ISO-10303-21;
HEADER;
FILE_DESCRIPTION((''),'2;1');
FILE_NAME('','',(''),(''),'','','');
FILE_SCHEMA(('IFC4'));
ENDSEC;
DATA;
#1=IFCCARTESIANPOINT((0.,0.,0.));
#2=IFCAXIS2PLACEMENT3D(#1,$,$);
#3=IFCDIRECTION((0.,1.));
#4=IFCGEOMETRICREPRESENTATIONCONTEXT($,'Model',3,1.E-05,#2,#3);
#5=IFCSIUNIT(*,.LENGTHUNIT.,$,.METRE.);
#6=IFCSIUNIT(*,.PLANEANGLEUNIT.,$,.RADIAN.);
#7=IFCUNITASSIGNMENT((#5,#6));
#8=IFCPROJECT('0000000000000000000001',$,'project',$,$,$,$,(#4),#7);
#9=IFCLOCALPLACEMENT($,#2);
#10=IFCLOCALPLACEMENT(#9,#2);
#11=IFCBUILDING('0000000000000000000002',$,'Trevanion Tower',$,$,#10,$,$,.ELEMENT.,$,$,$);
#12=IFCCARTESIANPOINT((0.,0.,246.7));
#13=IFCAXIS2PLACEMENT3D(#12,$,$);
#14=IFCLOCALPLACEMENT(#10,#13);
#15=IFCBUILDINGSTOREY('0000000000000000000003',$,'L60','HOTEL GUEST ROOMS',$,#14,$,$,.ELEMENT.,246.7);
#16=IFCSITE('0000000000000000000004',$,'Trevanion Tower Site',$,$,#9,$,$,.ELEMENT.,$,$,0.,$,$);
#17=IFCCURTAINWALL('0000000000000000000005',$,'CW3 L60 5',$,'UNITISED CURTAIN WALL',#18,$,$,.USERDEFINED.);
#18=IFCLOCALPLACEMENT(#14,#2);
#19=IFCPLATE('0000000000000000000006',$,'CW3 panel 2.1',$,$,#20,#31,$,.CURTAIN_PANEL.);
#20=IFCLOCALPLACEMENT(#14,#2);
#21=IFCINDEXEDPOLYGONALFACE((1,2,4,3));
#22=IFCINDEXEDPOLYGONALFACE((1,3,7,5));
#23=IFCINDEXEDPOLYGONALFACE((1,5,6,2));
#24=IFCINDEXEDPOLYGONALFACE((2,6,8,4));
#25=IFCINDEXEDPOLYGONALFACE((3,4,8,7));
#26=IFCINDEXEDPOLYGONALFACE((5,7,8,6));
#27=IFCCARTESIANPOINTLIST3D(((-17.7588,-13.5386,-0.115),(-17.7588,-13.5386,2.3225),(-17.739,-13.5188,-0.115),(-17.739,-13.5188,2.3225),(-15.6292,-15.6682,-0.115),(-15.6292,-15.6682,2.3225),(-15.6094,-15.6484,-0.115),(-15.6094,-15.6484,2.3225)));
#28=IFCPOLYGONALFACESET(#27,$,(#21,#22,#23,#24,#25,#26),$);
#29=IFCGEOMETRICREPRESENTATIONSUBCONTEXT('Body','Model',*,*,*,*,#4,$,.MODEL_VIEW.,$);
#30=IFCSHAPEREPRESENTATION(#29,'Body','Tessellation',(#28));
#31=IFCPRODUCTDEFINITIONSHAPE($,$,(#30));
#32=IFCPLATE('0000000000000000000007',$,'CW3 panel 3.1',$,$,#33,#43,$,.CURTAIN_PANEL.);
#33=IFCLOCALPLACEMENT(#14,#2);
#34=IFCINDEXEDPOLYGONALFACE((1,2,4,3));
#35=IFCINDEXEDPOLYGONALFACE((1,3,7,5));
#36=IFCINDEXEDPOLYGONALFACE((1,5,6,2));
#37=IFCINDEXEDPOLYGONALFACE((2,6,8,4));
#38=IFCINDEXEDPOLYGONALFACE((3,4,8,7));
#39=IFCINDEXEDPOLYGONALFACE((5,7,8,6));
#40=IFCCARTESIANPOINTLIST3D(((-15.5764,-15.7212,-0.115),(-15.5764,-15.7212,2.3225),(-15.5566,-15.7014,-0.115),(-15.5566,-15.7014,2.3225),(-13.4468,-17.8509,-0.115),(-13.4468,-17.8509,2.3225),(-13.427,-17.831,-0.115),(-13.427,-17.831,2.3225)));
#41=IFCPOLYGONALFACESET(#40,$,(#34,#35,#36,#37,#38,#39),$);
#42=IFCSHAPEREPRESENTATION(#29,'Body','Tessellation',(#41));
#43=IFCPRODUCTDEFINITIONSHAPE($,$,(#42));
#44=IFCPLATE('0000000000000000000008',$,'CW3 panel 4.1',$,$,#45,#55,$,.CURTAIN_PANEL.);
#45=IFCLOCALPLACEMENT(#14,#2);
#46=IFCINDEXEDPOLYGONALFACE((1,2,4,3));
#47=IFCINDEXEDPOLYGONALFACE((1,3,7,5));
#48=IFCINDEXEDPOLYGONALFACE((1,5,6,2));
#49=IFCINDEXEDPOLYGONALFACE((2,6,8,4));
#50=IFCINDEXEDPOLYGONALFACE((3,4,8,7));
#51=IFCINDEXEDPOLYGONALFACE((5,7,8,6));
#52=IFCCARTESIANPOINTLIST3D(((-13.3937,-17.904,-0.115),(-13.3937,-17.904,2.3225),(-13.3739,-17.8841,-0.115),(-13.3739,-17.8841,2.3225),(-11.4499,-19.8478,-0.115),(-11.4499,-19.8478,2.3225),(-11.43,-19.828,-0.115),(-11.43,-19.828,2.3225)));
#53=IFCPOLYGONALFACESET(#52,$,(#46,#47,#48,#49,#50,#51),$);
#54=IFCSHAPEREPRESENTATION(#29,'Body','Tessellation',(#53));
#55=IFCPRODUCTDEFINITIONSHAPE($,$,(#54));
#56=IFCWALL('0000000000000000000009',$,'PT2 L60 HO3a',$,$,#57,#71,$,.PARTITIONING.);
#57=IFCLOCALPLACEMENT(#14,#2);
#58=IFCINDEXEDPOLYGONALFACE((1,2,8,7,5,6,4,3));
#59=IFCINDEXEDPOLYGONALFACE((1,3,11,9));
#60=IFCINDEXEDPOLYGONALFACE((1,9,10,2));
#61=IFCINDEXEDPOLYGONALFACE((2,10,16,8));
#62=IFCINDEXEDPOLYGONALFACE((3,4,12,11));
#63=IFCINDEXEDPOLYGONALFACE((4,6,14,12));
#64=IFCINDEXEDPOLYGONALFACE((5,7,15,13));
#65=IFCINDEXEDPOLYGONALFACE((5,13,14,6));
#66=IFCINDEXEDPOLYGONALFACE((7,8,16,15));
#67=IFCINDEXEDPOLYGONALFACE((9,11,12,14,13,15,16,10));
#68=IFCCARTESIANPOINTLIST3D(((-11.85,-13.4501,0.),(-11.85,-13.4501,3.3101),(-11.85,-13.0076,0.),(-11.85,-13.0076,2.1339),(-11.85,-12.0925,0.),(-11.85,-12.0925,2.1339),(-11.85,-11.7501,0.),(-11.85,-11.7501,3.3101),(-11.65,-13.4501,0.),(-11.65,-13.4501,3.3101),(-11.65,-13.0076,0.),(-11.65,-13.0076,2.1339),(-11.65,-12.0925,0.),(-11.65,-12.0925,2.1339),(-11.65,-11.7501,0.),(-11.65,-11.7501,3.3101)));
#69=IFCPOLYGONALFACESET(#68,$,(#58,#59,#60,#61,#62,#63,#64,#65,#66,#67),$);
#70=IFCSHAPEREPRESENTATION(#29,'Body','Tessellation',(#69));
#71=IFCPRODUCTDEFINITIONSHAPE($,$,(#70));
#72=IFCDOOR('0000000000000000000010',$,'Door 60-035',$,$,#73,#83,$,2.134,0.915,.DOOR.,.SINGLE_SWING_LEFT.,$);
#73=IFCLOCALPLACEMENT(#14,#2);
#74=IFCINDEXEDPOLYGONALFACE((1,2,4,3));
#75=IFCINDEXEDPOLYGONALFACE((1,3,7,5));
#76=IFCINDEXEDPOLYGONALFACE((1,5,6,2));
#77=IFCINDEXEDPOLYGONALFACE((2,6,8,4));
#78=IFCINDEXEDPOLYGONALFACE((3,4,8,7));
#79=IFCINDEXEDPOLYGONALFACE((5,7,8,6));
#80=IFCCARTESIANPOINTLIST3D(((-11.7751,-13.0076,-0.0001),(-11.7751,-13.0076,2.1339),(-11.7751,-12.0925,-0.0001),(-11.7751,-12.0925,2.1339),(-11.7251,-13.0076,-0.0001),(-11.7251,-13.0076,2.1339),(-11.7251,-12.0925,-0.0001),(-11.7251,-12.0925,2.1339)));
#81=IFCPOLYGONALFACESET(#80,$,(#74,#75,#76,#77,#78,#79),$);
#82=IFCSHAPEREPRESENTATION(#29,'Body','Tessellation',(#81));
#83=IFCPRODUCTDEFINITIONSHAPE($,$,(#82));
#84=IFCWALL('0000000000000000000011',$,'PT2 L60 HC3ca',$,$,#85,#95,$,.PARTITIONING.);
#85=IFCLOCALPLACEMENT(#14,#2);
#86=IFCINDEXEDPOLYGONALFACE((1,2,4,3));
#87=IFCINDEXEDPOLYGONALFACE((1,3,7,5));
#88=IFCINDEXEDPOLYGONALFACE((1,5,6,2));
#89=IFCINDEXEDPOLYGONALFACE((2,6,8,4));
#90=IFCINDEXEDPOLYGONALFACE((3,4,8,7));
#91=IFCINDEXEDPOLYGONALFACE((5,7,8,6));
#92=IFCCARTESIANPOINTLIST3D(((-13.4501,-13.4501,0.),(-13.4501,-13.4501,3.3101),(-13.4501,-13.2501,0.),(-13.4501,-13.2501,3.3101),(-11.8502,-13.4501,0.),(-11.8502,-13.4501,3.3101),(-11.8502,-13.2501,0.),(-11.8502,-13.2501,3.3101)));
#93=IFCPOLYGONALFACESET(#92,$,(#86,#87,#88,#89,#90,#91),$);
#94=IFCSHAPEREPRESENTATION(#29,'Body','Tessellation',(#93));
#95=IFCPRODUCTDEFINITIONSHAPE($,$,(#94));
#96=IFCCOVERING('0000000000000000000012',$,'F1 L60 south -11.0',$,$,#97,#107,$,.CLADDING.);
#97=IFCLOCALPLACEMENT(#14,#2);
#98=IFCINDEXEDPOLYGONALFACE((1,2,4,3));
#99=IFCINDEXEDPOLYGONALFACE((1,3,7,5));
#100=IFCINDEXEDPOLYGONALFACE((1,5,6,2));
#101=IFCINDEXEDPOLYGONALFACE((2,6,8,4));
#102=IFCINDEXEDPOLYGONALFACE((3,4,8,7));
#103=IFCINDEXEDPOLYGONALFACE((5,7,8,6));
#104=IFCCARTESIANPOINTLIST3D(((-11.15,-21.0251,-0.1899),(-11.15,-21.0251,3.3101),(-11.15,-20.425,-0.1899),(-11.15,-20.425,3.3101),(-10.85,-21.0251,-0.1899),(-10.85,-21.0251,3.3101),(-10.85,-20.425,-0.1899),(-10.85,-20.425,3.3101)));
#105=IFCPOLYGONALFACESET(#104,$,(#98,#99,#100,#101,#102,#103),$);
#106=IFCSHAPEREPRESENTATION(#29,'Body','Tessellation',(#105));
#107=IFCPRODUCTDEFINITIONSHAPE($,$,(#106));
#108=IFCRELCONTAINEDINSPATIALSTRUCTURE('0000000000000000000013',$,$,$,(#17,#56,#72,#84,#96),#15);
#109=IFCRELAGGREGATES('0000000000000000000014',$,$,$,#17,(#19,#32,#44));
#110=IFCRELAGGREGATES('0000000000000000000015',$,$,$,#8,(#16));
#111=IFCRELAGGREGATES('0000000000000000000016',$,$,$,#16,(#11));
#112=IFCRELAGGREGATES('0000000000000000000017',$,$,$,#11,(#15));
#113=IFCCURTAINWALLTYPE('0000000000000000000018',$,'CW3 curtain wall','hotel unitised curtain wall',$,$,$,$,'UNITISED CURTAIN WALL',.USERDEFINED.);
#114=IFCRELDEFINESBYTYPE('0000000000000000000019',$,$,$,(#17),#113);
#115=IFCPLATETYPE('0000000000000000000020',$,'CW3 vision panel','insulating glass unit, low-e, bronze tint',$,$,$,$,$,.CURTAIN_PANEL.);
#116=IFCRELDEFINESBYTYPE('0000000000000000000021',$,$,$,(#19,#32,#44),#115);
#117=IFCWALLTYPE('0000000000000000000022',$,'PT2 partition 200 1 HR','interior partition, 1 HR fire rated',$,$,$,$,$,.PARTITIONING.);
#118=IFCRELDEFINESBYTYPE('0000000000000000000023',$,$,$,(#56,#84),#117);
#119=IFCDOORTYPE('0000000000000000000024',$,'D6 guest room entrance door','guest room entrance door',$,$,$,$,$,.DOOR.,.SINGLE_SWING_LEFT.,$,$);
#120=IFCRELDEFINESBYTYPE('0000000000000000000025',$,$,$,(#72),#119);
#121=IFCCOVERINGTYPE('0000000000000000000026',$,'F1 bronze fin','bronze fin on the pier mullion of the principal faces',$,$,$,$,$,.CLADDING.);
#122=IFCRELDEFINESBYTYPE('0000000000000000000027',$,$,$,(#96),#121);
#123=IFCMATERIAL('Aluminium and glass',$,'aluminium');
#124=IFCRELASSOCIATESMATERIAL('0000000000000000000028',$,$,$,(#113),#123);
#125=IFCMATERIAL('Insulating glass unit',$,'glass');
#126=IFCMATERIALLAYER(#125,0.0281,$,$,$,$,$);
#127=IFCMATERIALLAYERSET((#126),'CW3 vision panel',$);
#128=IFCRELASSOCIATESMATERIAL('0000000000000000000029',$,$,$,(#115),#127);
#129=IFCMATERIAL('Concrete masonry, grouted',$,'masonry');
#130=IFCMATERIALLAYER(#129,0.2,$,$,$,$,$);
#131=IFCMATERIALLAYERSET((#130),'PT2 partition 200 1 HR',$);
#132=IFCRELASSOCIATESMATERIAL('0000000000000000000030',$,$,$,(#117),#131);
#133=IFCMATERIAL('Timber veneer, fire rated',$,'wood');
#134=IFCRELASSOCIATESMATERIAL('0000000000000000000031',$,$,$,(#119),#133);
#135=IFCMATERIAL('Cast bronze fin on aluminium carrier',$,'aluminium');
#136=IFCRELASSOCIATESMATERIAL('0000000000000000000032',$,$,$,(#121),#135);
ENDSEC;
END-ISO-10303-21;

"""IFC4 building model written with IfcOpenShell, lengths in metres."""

from ifc_helpers import new_model, si_unit, direction, frame, frame_2d, origin, origin_2d, place, context, subcontext, project, spatial, rectangle, extrude, material, layer, layer_set, type_object, element, fill, aggregate, save


model = new_model("IFC4")

# Units and contexts
model_context = context("Model", 3, precision=1e-05, world=origin(), true_north=direction((0.0, 1.0)))
body_context = subcontext(model_context, "Body", "Model", "MODEL_VIEW")
ifc_project = project(units=[si_unit("LENGTHUNIT", "METRE"), si_unit("PLANEANGLEUNIT", "RADIAN")], contexts=[model_context])

# Site, building, storey
site_placement = place(None, origin())
site = spatial("IfcSite", under=ifc_project, at=site_placement, Name="Trevanion Tower Site", CompositionType="ELEMENT", RefElevation=0.0)
building_placement = place(site_placement, origin())
building = spatial("IfcBuilding", under=site, at=building_placement, Name="Trevanion Tower", CompositionType="ELEMENT")
storey_placement = place(building_placement, frame((0.0, 0.0, 246.7)))
storey = spatial("IfcBuildingStorey", under=building, at=storey_placement, Name="L60", Description="HOTEL GUEST ROOMS", CompositionType="ELEMENT", Elevation=246.7)

# Curtain wall
ifc_material_1 = material(Name="Aluminium and glass", Category="aluminium")
curtain_wall_type = type_object("IfcCurtainWallType", Name="CW3 curtain wall", Description="hotel unitised curtain wall", ElementType="UNITISED CURTAIN WALL", PredefinedType="USERDEFINED", material=ifc_material_1)
curtain_wall_1_placement = place(storey_placement, origin())
curtain_wall_1 = element("IfcCurtainWall", 1, at=curtain_wall_1_placement, inside=storey, type_object=curtain_wall_type, Name="CW3 L60 5", ObjectType="UNITISED CURTAIN WALL", PredefinedType="USERDEFINED")

# Plates
ifc_material_2 = material(Name="Insulating glass unit", Category="glass")
ifc_layer_1 = layer(ifc_material_2, 0.0281)
ifc_layer_set_1 = layer_set([ifc_layer_1], Name="CW3 vision panel")
plate_type_1 = type_object("IfcPlateType", Name="CW3 vision panel", Description="insulating glass unit, low-e, bronze tint", PredefinedType="CURTAIN_PANEL", material=ifc_layer_set_1)
plate_1_placement = place(storey_placement, frame((-16.6841, -14.5935, -0.115), z_axis=(0.0, 0.0, 1.0), x_axis=(0.707107, -0.707107, 0.0)))
plate_1 = element("IfcPlate", 2, at=plate_1_placement, type_object=plate_type_1, Name="CW3 panel 2.1", PredefinedType="CURTAIN_PANEL", context=body_context, shape_type="SweptSolid", body=[
    extrude(rectangle(XDim=3.0117, YDim=0.0281, at=origin_2d()), origin(), (0.0, 0.0, 1.0), 2.4375),
])
plate_2_placement = place(storey_placement, frame((-14.5017, -16.7761, -0.115), z_axis=(0.0, 0.0, 1.0), x_axis=(0.707107, -0.707107, 0.0)))
plate_2 = element("IfcPlate", 3, at=plate_2_placement, type_object=plate_type_1, Name="CW3 panel 3.1", PredefinedType="CURTAIN_PANEL", context=body_context, shape_type="SweptSolid", body=[
    extrude(rectangle(XDim=3.0117, YDim=0.0281, at=origin_2d()), origin(), (0.0, 0.0, 1.0), 2.4375),
])
plate_3_placement = place(storey_placement, frame((-12.4119, -18.866, -0.115), z_axis=(0.0, 0.0, 1.0), x_axis=(0.707107, -0.707107, 0.0)))
plate_3 = element("IfcPlate", 4, at=plate_3_placement, type_object=plate_type_1, Name="CW3 panel 4.1", PredefinedType="CURTAIN_PANEL", context=body_context, shape_type="SweptSolid", body=[
    extrude(rectangle(XDim=2.749, YDim=0.0281, at=origin_2d()), origin(), (0.0, 0.0, 1.0), 2.4375),
])
aggregate(curtain_wall_1, [plate_1, plate_2, plate_3])

# Wall, opening, door
ifc_material_3 = material(Name="Concrete masonry, grouted", Category="masonry")
ifc_layer_2 = layer(ifc_material_3, 0.2)
ifc_layer_set_2 = layer_set([ifc_layer_2], Name="PT2 partition 200 1 HR")
wall_type = type_object("IfcWallType", Name="PT2 partition 200 1 HR", Description="interior partition, 1 HR fire rated", PredefinedType="PARTITIONING", material=ifc_layer_set_2)
wall_1_placement = place(storey_placement, frame((-11.75, -11.75, 0.0), z_axis=(0.0, 0.0, 1.0), x_axis=(0.0, -1.0, 0.0)))
wall_1 = element("IfcWall", 5, at=wall_1_placement, inside=storey, type_object=wall_type, Name="PT2 L60 HO3a", PredefinedType="PARTITIONING", context=body_context, shape_type="SweptSolid", body=[
    extrude(rectangle(XDim=1.7, YDim=0.2, at=frame_2d((0.8501, 0.0))), origin(), (0.0, 0.0, 1.0), 3.3101),
])
opening_placement = place(wall_1_placement, frame((0.3425, 0.0, 0.0)))
opening = element("IfcOpeningElement", 6, at=opening_placement, cuts=wall_1, PredefinedType="OPENING", context=body_context, shape_type="SweptSolid", body=[
    extrude(rectangle(XDim=0.915, YDim=2.134, at=frame_2d((0.4575, 1.0669))), frame((0.0, 0.1099, 0.0), z_axis=(0.0, -1.0, 0.0), x_axis=(1.0, 0.0, 0.0)), (0.0, 0.0, 1.0), 0.22),
])
ifc_material_4 = material(Name="Timber veneer, fire rated", Category="wood")
door_type = type_object("IfcDoorType", Name="D6 guest room entrance door", Description="guest room entrance door", OperationType="SINGLE_SWING_LEFT", PredefinedType="DOOR", material=ifc_material_4)
door_placement = place(opening_placement, origin())
door = element("IfcDoor", 7, at=door_placement, inside=storey, type_object=door_type, Name="Door 60-035", OperationType="SINGLE_SWING_LEFT", OverallHeight=2.134, OverallWidth=0.915, PredefinedType="DOOR", context=body_context, shape_type="SweptSolid", body=[
    extrude(rectangle(XDim=0.915, YDim=2.134, at=frame_2d((0.4575, 1.0669))), frame((0.0, 0.0249, 0.0), z_axis=(0.0, -1.0, 0.0), x_axis=(1.0, 0.0, 0.0)), (0.0, 0.0, 1.0), 0.05),
])
fill(opening, door)

# Wall
wall_2_placement = place(storey_placement, frame((-13.45, -13.3501, 0.0), z_axis=(0.0, 0.0, 1.0), x_axis=(1.0, 0.0, 0.0)))
element("IfcWall", 8, at=wall_2_placement, inside=storey, type_object=wall_type, Name="PT2 L60 HC3ca", PredefinedType="PARTITIONING", context=body_context, shape_type="SweptSolid", body=[
    extrude(rectangle(XDim=1.5999, YDim=0.2, at=frame_2d((0.7998, 0.0))), origin(), (0.0, 0.0, 1.0), 3.3101),
])

# Covering
ifc_material_5 = material(Name="Cast bronze fin on aluminium carrier", Category="aluminium")
covering_type = type_object("IfcCoveringType", Name="F1 bronze fin", Description="bronze fin on the pier mullion of the principal faces", PredefinedType="CLADDING", material=ifc_material_5)
covering_placement = place(storey_placement, frame((-11.0, -20.7251, -0.1899), z_axis=(0.0, 0.0, 1.0), x_axis=(1.0, 0.0, 0.0)))
element("IfcCovering", 9, at=covering_placement, inside=storey, type_object=covering_type, Name="F1 L60 south -11.0", PredefinedType="CLADDING", context=body_context, shape_type="SweptSolid", body=[
    extrude(rectangle(XDim=0.3, YDim=0.6001, at=origin_2d()), origin(), (0.0, 0.0, 1.0), 3.5),
])

save(model, "model.ifc")
